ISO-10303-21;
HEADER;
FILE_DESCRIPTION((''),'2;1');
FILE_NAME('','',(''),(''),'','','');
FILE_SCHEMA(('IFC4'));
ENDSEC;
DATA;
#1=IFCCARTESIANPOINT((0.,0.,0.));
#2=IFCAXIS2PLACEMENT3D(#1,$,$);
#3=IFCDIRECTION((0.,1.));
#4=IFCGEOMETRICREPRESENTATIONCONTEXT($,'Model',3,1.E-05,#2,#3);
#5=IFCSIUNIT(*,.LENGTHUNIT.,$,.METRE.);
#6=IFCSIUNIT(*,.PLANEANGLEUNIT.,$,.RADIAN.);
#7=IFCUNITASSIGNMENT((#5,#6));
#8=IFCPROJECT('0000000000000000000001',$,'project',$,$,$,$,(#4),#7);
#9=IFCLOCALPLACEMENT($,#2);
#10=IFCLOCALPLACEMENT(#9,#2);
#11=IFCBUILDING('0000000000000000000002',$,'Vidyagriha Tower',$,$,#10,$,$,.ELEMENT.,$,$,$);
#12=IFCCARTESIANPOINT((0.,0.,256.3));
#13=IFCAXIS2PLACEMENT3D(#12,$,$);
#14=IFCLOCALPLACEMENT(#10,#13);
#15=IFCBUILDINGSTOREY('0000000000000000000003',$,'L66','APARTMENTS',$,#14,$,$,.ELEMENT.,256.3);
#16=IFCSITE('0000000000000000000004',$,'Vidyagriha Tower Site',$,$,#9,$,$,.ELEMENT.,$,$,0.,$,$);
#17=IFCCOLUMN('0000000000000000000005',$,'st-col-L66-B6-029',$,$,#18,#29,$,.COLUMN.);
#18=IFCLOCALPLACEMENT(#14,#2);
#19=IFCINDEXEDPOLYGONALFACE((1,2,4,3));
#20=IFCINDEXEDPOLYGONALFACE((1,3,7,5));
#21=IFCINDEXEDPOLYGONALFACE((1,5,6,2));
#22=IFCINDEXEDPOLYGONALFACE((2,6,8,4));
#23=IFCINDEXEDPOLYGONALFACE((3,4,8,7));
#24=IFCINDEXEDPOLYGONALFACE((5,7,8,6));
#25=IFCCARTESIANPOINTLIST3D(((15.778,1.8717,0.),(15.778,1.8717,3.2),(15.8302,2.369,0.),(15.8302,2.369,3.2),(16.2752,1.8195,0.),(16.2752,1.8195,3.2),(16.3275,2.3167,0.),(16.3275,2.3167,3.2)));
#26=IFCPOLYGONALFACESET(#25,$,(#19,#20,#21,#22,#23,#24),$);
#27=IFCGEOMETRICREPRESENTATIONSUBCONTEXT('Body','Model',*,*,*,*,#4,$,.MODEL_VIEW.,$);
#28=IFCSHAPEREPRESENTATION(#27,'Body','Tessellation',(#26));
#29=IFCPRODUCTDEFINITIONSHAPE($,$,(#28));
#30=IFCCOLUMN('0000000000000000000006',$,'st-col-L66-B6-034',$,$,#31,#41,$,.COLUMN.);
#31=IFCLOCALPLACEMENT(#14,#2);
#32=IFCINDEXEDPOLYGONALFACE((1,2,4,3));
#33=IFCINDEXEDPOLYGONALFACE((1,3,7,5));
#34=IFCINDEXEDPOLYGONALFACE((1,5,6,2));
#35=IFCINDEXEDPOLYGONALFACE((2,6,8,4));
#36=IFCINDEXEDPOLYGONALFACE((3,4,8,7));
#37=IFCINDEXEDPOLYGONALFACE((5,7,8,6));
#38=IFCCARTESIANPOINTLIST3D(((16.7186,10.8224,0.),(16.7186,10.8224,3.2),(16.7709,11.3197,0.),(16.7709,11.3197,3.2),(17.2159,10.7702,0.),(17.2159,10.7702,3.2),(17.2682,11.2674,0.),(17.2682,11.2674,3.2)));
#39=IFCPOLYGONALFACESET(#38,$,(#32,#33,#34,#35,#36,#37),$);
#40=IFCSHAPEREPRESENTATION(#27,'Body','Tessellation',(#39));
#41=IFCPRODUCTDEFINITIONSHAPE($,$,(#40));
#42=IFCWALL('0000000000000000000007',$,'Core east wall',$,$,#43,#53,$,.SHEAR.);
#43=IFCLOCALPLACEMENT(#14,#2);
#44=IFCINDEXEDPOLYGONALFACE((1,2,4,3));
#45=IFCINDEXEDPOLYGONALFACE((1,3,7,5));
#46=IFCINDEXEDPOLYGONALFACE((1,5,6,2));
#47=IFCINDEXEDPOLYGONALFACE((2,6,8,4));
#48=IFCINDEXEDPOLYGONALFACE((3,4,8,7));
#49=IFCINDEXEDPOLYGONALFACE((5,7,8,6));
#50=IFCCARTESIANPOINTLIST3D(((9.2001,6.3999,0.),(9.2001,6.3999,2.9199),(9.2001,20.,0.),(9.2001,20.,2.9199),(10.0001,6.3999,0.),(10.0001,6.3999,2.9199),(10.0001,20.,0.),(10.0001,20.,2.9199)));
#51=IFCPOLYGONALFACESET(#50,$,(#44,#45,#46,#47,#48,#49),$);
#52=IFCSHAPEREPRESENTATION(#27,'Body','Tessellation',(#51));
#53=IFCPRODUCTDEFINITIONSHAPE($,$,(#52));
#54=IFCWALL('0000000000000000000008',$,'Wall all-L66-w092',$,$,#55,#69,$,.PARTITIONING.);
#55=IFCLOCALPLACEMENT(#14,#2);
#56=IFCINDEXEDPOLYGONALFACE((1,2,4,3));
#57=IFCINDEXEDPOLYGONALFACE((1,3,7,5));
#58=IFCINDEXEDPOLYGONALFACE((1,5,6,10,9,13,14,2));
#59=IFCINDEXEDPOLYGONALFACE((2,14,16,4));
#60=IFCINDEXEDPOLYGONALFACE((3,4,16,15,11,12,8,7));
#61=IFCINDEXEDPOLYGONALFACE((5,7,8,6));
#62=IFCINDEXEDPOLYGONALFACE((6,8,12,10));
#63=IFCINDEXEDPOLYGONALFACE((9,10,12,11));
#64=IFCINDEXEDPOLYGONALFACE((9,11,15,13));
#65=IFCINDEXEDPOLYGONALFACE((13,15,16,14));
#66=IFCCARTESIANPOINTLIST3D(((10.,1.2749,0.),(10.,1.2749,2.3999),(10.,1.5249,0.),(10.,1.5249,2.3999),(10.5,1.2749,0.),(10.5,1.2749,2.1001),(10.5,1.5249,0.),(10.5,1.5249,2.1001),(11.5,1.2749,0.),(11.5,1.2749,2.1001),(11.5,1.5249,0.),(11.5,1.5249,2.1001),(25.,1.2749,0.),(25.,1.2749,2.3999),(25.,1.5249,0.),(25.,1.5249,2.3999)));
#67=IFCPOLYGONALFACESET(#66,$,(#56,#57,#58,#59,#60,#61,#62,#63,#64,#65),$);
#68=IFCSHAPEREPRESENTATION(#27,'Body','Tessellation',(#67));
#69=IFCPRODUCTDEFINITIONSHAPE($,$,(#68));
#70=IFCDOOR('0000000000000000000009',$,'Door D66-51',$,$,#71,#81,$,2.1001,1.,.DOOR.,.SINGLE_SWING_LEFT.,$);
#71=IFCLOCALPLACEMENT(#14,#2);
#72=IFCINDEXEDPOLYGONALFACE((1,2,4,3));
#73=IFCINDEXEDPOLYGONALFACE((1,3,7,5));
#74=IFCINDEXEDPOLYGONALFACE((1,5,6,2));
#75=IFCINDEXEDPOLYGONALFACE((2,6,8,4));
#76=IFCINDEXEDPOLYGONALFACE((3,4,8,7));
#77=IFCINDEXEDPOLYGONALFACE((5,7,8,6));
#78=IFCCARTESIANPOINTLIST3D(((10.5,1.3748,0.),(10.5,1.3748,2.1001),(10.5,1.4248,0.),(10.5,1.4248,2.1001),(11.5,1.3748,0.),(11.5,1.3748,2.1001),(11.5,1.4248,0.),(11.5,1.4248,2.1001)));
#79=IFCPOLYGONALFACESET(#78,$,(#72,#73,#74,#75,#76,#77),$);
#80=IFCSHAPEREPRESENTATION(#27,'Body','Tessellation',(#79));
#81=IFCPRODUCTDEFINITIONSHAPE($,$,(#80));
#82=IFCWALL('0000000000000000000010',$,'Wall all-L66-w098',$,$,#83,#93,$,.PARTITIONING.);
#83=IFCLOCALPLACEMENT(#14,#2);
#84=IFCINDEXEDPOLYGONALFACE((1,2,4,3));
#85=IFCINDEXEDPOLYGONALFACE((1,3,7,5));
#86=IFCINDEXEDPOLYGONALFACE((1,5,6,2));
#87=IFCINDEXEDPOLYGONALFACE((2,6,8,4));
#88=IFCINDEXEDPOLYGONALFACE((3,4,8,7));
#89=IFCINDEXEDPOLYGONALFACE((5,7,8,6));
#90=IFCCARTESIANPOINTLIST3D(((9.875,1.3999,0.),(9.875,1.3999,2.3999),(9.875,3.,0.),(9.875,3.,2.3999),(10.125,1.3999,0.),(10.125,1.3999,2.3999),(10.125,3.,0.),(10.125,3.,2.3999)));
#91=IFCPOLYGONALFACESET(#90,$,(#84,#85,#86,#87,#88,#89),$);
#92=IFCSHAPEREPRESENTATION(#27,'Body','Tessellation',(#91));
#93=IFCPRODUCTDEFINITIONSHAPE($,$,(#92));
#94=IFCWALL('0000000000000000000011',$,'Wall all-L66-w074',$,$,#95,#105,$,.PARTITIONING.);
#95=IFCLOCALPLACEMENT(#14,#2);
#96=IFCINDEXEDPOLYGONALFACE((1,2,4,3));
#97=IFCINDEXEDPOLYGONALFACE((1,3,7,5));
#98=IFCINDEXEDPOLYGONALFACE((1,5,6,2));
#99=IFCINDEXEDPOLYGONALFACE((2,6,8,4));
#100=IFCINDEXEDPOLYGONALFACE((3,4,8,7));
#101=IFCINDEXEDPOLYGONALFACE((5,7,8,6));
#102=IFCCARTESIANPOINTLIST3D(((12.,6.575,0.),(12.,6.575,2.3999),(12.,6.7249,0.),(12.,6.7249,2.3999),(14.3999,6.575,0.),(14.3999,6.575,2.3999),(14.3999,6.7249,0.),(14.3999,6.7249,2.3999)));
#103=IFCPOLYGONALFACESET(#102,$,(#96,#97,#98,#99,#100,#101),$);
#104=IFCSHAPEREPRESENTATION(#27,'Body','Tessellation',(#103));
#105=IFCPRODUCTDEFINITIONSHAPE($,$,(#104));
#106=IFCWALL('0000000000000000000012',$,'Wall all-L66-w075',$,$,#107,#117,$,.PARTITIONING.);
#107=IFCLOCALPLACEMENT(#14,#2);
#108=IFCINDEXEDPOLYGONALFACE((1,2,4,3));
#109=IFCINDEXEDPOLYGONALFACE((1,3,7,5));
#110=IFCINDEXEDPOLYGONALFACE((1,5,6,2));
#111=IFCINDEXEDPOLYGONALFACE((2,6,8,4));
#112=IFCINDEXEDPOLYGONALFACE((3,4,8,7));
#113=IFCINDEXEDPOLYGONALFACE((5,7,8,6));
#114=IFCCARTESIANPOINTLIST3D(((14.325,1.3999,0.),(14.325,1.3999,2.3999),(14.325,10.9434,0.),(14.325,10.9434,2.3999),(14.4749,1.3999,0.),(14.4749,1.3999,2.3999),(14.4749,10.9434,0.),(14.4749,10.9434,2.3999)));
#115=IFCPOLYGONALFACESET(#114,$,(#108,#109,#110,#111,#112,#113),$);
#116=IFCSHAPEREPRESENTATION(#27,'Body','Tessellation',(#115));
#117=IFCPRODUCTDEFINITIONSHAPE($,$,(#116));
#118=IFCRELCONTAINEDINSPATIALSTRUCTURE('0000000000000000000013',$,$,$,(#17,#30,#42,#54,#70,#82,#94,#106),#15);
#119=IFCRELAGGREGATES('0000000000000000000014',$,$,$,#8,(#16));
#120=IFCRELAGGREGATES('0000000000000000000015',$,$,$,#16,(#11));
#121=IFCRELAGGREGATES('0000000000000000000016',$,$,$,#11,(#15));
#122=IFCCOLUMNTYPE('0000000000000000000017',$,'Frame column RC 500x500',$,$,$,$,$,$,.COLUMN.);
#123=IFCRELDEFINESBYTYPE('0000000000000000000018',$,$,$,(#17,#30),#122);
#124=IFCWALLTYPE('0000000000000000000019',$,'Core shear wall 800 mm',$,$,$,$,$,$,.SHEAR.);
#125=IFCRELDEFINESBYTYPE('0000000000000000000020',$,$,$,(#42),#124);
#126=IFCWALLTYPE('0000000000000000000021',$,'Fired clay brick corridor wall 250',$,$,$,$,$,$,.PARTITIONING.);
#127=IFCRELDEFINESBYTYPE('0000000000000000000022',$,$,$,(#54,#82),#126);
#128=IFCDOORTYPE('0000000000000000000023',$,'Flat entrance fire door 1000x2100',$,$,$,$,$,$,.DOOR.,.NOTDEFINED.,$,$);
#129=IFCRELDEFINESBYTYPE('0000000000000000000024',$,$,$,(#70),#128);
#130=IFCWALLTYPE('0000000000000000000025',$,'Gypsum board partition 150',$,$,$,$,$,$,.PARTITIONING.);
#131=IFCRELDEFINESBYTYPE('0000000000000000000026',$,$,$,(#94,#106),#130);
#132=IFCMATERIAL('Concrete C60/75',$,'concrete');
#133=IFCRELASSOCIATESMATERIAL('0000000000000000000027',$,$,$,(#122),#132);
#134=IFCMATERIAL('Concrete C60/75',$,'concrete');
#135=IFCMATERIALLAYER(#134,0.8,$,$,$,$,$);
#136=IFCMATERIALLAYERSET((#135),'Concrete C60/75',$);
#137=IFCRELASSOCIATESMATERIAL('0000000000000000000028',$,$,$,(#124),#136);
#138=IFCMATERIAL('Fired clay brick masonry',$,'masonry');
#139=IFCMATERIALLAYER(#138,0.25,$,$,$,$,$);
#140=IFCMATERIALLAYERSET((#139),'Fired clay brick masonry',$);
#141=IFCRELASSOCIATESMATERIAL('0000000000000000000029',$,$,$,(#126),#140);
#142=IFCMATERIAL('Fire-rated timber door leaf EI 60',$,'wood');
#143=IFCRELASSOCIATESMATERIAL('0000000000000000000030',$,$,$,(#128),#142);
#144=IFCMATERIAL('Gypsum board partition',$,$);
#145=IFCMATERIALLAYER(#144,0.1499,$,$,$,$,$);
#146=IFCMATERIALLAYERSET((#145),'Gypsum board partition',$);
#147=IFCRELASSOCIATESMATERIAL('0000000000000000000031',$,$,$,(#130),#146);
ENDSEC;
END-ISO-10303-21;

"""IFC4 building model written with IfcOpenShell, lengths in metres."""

from ifc_helpers import new_model, si_unit, direction, frame, frame_2d, origin, origin_2d, place, context, subcontext, project, spatial, rectangle, extrude, material, layer, layer_set, material_profile, profile_set, type_object, element, fill, save


model = new_model("IFC4")

# Units and contexts
model_context = context("Model", 3, precision=1e-05, world=origin(), true_north=direction((0.0, 1.0)))
body_context = subcontext(model_context, "Body", "Model", "MODEL_VIEW")
ifc_project = project(units=[si_unit("LENGTHUNIT", "METRE"), si_unit("PLANEANGLEUNIT", "RADIAN")], contexts=[model_context])

# Site, building, storey
site_placement = place(None, origin())
site = spatial("IfcSite", under=ifc_project, at=site_placement, Name="Vidyagriha Tower Site", CompositionType="ELEMENT", RefElevation=0.0)
building_placement = place(site_placement, origin())
building = spatial("IfcBuilding", under=site, at=building_placement, Name="Vidyagriha Tower", CompositionType="ELEMENT")
storey_placement = place(building_placement, frame((0.0, 0.0, 256.3)))
storey = spatial("IfcBuildingStorey", under=building, at=storey_placement, Name="L66", Description="APARTMENTS", CompositionType="ELEMENT", Elevation=256.3)

# Columns
ifc_material_1 = material(Name="Concrete C60/75", Category="concrete")
ifc_material_profile = material_profile(ifc_material_1, rectangle(XDim=0.5, YDim=0.5, at=origin_2d()), Name="RC 500x500")
ifc_profile_set = profile_set([ifc_material_profile], Name="Concrete C60/75")
column_type = type_object("IfcColumnType", Name="Frame column RC 500x500", PredefinedType="COLUMN", material=ifc_profile_set)
for number, where, z_axis, x_axis, name in (
    (1, (16.0527, 2.0942, 0.0), (0.0, 0.0, 1.0), (0.994522, -0.104528, 0.0), "st-col-L66-B6-029"),
    (2, (16.9934, 11.0449, 0.0), (0.0, 0.0, 1.0), (0.994522, -0.104528, 0.0), "st-col-L66-B6-034"),
):
    element("IfcColumn", number, at=place(storey_placement, frame(where, z_axis=z_axis, x_axis=x_axis)), inside=storey, type_object=column_type, Name=name, PredefinedType="COLUMN", context=body_context, shape_type="SweptSolid", body=[
        extrude(rectangle(XDim=0.5, YDim=0.5, at=origin_2d()), origin(), (0.0, 0.0, 1.0), 3.2),
    ])

# Wall
ifc_material_2 = material(Name="Concrete C60/75", Category="concrete")
ifc_layer_1 = layer(ifc_material_2, 0.8)
ifc_layer_set_1 = layer_set([ifc_layer_1], Name="Concrete C60/75")
wall_type_1 = type_object("IfcWallType", Name="Core shear wall 800 mm", PredefinedType="SHEAR", material=ifc_layer_set_1)
wall_1_placement = place(storey_placement, frame((9.6001, 6.3999, 0.0), z_axis=(0.0, 0.0, 1.0), x_axis=(0.0, 1.0, 0.0)))
element("IfcWall", 3, at=wall_1_placement, inside=storey, type_object=wall_type_1, Name="Core east wall", PredefinedType="SHEAR", context=body_context, shape_type="SweptSolid", body=[
    extrude(rectangle(XDim=13.6001, YDim=0.8, at=frame_2d((6.8, 0.0))), origin(), (0.0, 0.0, 1.0), 2.9199),
])

# Wall, opening, door
ifc_material_3 = material(Name="Fired clay brick masonry", Category="masonry")
ifc_layer_2 = layer(ifc_material_3, 0.25)
ifc_layer_set_2 = layer_set([ifc_layer_2], Name="Fired clay brick masonry")
wall_type_2 = type_object("IfcWallType", Name="Fired clay brick corridor wall 250", PredefinedType="PARTITIONING", material=ifc_layer_set_2)
wall_2_placement = place(storey_placement, frame((10.0, 1.3999, 0.0)))
wall_2 = element("IfcWall", 4, at=wall_2_placement, inside=storey, type_object=wall_type_2, Name="Wall all-L66-w092", PredefinedType="PARTITIONING", context=body_context, shape_type="SweptSolid", body=[
    extrude(rectangle(XDim=15.0, YDim=0.25, at=frame_2d((7.5, 0.0))), origin(), (0.0, 0.0, 1.0), 2.3999),
])
opening_1_placement = place(wall_2_placement, frame((0.5, 0.0, 0.0)))
opening_1 = element("IfcOpeningElement", 5, at=opening_1_placement, cuts=wall_2, PredefinedType="OPENING", context=body_context, shape_type="SweptSolid", body=[
    extrude(rectangle(XDim=1.0, YDim=2.1001, at=frame_2d((0.5, 1.05))), frame((0.0, 0.135, 0.0), z_axis=(0.0, -1.0, 0.0), x_axis=(1.0, 0.0, 0.0)), (0.0, 0.0, 1.0), 0.27),
])
ifc_material_4 = material(Name="Fire-rated timber door leaf EI 60", Category="wood")
door_type_1 = type_object("IfcDoorType", Name="Flat entrance fire door 1000x2100", OperationType="NOTDEFINED", PredefinedType="DOOR", material=ifc_material_4)
door_1_placement = place(opening_1_placement, origin())
door_1 = element("IfcDoor", 6, at=door_1_placement, inside=storey, type_object=door_type_1, Name="Door D66-51", OperationType="SINGLE_SWING_LEFT", OverallHeight=2.1001, OverallWidth=1.0, PredefinedType="DOOR", context=body_context, shape_type="SweptSolid", body=[
    extrude(rectangle(XDim=1.0, YDim=2.1001, at=frame_2d((0.5, 1.05))), frame((0.0, 0.0249, 0.0), z_axis=(0.0, -1.0, 0.0), x_axis=(1.0, 0.0, 0.0)), (0.0, 0.0, 1.0), 0.05),
])
fill(opening_1, door_1)

# Walls
wall_3_placement = place(storey_placement, frame((10.0, 1.3999, 0.0), z_axis=(0.0, 0.0, 1.0), x_axis=(0.0, 1.0, 0.0)))
element("IfcWall", 7, at=wall_3_placement, inside=storey, type_object=wall_type_2, Name="Wall all-L66-w098", PredefinedType="PARTITIONING", context=body_context, shape_type="SweptSolid", body=[
    extrude(rectangle(XDim=1.6001, YDim=0.25, at=frame_2d((0.8, 0.0))), origin(), (0.0, 0.0, 1.0), 2.3999),
])
ifc_material_5 = material(Name="Gypsum board partition")
ifc_layer_3 = layer(ifc_material_5, 0.1499)
ifc_layer_set_3 = layer_set([ifc_layer_3], Name="Gypsum board partition")
wall_type_3 = type_object("IfcWallType", Name="Gypsum board partition 150", PredefinedType="PARTITIONING", material=ifc_layer_set_3)
wall_4_placement = place(storey_placement, frame((12.0, 6.6499, 0.0)))
element("IfcWall", 8, at=wall_4_placement, inside=storey, type_object=wall_type_3, Name="Wall all-L66-w074", PredefinedType="PARTITIONING", context=body_context, shape_type="SweptSolid", body=[
    extrude(rectangle(XDim=2.3999, YDim=0.1499, at=frame_2d((1.2, 0.0))), origin(), (0.0, 0.0, 1.0), 2.3999),
])
wall_5_placement = place(storey_placement, frame((14.3999, 10.9434, 0.0), z_axis=(0.0, 0.0, 1.0), x_axis=(0.0, -1.0, 0.0)))
element("IfcWall", 9, at=wall_5_placement, inside=storey, type_object=wall_type_3, Name="Wall all-L66-w075", PredefinedType="PARTITIONING", context=body_context, shape_type="SweptSolid", body=[
    extrude(rectangle(XDim=9.5435, YDim=0.1499, at=frame_2d((4.7717, 0.0))), origin(), (0.0, 0.0, 1.0), 2.3999),
])

save(model, "model.ifc")
